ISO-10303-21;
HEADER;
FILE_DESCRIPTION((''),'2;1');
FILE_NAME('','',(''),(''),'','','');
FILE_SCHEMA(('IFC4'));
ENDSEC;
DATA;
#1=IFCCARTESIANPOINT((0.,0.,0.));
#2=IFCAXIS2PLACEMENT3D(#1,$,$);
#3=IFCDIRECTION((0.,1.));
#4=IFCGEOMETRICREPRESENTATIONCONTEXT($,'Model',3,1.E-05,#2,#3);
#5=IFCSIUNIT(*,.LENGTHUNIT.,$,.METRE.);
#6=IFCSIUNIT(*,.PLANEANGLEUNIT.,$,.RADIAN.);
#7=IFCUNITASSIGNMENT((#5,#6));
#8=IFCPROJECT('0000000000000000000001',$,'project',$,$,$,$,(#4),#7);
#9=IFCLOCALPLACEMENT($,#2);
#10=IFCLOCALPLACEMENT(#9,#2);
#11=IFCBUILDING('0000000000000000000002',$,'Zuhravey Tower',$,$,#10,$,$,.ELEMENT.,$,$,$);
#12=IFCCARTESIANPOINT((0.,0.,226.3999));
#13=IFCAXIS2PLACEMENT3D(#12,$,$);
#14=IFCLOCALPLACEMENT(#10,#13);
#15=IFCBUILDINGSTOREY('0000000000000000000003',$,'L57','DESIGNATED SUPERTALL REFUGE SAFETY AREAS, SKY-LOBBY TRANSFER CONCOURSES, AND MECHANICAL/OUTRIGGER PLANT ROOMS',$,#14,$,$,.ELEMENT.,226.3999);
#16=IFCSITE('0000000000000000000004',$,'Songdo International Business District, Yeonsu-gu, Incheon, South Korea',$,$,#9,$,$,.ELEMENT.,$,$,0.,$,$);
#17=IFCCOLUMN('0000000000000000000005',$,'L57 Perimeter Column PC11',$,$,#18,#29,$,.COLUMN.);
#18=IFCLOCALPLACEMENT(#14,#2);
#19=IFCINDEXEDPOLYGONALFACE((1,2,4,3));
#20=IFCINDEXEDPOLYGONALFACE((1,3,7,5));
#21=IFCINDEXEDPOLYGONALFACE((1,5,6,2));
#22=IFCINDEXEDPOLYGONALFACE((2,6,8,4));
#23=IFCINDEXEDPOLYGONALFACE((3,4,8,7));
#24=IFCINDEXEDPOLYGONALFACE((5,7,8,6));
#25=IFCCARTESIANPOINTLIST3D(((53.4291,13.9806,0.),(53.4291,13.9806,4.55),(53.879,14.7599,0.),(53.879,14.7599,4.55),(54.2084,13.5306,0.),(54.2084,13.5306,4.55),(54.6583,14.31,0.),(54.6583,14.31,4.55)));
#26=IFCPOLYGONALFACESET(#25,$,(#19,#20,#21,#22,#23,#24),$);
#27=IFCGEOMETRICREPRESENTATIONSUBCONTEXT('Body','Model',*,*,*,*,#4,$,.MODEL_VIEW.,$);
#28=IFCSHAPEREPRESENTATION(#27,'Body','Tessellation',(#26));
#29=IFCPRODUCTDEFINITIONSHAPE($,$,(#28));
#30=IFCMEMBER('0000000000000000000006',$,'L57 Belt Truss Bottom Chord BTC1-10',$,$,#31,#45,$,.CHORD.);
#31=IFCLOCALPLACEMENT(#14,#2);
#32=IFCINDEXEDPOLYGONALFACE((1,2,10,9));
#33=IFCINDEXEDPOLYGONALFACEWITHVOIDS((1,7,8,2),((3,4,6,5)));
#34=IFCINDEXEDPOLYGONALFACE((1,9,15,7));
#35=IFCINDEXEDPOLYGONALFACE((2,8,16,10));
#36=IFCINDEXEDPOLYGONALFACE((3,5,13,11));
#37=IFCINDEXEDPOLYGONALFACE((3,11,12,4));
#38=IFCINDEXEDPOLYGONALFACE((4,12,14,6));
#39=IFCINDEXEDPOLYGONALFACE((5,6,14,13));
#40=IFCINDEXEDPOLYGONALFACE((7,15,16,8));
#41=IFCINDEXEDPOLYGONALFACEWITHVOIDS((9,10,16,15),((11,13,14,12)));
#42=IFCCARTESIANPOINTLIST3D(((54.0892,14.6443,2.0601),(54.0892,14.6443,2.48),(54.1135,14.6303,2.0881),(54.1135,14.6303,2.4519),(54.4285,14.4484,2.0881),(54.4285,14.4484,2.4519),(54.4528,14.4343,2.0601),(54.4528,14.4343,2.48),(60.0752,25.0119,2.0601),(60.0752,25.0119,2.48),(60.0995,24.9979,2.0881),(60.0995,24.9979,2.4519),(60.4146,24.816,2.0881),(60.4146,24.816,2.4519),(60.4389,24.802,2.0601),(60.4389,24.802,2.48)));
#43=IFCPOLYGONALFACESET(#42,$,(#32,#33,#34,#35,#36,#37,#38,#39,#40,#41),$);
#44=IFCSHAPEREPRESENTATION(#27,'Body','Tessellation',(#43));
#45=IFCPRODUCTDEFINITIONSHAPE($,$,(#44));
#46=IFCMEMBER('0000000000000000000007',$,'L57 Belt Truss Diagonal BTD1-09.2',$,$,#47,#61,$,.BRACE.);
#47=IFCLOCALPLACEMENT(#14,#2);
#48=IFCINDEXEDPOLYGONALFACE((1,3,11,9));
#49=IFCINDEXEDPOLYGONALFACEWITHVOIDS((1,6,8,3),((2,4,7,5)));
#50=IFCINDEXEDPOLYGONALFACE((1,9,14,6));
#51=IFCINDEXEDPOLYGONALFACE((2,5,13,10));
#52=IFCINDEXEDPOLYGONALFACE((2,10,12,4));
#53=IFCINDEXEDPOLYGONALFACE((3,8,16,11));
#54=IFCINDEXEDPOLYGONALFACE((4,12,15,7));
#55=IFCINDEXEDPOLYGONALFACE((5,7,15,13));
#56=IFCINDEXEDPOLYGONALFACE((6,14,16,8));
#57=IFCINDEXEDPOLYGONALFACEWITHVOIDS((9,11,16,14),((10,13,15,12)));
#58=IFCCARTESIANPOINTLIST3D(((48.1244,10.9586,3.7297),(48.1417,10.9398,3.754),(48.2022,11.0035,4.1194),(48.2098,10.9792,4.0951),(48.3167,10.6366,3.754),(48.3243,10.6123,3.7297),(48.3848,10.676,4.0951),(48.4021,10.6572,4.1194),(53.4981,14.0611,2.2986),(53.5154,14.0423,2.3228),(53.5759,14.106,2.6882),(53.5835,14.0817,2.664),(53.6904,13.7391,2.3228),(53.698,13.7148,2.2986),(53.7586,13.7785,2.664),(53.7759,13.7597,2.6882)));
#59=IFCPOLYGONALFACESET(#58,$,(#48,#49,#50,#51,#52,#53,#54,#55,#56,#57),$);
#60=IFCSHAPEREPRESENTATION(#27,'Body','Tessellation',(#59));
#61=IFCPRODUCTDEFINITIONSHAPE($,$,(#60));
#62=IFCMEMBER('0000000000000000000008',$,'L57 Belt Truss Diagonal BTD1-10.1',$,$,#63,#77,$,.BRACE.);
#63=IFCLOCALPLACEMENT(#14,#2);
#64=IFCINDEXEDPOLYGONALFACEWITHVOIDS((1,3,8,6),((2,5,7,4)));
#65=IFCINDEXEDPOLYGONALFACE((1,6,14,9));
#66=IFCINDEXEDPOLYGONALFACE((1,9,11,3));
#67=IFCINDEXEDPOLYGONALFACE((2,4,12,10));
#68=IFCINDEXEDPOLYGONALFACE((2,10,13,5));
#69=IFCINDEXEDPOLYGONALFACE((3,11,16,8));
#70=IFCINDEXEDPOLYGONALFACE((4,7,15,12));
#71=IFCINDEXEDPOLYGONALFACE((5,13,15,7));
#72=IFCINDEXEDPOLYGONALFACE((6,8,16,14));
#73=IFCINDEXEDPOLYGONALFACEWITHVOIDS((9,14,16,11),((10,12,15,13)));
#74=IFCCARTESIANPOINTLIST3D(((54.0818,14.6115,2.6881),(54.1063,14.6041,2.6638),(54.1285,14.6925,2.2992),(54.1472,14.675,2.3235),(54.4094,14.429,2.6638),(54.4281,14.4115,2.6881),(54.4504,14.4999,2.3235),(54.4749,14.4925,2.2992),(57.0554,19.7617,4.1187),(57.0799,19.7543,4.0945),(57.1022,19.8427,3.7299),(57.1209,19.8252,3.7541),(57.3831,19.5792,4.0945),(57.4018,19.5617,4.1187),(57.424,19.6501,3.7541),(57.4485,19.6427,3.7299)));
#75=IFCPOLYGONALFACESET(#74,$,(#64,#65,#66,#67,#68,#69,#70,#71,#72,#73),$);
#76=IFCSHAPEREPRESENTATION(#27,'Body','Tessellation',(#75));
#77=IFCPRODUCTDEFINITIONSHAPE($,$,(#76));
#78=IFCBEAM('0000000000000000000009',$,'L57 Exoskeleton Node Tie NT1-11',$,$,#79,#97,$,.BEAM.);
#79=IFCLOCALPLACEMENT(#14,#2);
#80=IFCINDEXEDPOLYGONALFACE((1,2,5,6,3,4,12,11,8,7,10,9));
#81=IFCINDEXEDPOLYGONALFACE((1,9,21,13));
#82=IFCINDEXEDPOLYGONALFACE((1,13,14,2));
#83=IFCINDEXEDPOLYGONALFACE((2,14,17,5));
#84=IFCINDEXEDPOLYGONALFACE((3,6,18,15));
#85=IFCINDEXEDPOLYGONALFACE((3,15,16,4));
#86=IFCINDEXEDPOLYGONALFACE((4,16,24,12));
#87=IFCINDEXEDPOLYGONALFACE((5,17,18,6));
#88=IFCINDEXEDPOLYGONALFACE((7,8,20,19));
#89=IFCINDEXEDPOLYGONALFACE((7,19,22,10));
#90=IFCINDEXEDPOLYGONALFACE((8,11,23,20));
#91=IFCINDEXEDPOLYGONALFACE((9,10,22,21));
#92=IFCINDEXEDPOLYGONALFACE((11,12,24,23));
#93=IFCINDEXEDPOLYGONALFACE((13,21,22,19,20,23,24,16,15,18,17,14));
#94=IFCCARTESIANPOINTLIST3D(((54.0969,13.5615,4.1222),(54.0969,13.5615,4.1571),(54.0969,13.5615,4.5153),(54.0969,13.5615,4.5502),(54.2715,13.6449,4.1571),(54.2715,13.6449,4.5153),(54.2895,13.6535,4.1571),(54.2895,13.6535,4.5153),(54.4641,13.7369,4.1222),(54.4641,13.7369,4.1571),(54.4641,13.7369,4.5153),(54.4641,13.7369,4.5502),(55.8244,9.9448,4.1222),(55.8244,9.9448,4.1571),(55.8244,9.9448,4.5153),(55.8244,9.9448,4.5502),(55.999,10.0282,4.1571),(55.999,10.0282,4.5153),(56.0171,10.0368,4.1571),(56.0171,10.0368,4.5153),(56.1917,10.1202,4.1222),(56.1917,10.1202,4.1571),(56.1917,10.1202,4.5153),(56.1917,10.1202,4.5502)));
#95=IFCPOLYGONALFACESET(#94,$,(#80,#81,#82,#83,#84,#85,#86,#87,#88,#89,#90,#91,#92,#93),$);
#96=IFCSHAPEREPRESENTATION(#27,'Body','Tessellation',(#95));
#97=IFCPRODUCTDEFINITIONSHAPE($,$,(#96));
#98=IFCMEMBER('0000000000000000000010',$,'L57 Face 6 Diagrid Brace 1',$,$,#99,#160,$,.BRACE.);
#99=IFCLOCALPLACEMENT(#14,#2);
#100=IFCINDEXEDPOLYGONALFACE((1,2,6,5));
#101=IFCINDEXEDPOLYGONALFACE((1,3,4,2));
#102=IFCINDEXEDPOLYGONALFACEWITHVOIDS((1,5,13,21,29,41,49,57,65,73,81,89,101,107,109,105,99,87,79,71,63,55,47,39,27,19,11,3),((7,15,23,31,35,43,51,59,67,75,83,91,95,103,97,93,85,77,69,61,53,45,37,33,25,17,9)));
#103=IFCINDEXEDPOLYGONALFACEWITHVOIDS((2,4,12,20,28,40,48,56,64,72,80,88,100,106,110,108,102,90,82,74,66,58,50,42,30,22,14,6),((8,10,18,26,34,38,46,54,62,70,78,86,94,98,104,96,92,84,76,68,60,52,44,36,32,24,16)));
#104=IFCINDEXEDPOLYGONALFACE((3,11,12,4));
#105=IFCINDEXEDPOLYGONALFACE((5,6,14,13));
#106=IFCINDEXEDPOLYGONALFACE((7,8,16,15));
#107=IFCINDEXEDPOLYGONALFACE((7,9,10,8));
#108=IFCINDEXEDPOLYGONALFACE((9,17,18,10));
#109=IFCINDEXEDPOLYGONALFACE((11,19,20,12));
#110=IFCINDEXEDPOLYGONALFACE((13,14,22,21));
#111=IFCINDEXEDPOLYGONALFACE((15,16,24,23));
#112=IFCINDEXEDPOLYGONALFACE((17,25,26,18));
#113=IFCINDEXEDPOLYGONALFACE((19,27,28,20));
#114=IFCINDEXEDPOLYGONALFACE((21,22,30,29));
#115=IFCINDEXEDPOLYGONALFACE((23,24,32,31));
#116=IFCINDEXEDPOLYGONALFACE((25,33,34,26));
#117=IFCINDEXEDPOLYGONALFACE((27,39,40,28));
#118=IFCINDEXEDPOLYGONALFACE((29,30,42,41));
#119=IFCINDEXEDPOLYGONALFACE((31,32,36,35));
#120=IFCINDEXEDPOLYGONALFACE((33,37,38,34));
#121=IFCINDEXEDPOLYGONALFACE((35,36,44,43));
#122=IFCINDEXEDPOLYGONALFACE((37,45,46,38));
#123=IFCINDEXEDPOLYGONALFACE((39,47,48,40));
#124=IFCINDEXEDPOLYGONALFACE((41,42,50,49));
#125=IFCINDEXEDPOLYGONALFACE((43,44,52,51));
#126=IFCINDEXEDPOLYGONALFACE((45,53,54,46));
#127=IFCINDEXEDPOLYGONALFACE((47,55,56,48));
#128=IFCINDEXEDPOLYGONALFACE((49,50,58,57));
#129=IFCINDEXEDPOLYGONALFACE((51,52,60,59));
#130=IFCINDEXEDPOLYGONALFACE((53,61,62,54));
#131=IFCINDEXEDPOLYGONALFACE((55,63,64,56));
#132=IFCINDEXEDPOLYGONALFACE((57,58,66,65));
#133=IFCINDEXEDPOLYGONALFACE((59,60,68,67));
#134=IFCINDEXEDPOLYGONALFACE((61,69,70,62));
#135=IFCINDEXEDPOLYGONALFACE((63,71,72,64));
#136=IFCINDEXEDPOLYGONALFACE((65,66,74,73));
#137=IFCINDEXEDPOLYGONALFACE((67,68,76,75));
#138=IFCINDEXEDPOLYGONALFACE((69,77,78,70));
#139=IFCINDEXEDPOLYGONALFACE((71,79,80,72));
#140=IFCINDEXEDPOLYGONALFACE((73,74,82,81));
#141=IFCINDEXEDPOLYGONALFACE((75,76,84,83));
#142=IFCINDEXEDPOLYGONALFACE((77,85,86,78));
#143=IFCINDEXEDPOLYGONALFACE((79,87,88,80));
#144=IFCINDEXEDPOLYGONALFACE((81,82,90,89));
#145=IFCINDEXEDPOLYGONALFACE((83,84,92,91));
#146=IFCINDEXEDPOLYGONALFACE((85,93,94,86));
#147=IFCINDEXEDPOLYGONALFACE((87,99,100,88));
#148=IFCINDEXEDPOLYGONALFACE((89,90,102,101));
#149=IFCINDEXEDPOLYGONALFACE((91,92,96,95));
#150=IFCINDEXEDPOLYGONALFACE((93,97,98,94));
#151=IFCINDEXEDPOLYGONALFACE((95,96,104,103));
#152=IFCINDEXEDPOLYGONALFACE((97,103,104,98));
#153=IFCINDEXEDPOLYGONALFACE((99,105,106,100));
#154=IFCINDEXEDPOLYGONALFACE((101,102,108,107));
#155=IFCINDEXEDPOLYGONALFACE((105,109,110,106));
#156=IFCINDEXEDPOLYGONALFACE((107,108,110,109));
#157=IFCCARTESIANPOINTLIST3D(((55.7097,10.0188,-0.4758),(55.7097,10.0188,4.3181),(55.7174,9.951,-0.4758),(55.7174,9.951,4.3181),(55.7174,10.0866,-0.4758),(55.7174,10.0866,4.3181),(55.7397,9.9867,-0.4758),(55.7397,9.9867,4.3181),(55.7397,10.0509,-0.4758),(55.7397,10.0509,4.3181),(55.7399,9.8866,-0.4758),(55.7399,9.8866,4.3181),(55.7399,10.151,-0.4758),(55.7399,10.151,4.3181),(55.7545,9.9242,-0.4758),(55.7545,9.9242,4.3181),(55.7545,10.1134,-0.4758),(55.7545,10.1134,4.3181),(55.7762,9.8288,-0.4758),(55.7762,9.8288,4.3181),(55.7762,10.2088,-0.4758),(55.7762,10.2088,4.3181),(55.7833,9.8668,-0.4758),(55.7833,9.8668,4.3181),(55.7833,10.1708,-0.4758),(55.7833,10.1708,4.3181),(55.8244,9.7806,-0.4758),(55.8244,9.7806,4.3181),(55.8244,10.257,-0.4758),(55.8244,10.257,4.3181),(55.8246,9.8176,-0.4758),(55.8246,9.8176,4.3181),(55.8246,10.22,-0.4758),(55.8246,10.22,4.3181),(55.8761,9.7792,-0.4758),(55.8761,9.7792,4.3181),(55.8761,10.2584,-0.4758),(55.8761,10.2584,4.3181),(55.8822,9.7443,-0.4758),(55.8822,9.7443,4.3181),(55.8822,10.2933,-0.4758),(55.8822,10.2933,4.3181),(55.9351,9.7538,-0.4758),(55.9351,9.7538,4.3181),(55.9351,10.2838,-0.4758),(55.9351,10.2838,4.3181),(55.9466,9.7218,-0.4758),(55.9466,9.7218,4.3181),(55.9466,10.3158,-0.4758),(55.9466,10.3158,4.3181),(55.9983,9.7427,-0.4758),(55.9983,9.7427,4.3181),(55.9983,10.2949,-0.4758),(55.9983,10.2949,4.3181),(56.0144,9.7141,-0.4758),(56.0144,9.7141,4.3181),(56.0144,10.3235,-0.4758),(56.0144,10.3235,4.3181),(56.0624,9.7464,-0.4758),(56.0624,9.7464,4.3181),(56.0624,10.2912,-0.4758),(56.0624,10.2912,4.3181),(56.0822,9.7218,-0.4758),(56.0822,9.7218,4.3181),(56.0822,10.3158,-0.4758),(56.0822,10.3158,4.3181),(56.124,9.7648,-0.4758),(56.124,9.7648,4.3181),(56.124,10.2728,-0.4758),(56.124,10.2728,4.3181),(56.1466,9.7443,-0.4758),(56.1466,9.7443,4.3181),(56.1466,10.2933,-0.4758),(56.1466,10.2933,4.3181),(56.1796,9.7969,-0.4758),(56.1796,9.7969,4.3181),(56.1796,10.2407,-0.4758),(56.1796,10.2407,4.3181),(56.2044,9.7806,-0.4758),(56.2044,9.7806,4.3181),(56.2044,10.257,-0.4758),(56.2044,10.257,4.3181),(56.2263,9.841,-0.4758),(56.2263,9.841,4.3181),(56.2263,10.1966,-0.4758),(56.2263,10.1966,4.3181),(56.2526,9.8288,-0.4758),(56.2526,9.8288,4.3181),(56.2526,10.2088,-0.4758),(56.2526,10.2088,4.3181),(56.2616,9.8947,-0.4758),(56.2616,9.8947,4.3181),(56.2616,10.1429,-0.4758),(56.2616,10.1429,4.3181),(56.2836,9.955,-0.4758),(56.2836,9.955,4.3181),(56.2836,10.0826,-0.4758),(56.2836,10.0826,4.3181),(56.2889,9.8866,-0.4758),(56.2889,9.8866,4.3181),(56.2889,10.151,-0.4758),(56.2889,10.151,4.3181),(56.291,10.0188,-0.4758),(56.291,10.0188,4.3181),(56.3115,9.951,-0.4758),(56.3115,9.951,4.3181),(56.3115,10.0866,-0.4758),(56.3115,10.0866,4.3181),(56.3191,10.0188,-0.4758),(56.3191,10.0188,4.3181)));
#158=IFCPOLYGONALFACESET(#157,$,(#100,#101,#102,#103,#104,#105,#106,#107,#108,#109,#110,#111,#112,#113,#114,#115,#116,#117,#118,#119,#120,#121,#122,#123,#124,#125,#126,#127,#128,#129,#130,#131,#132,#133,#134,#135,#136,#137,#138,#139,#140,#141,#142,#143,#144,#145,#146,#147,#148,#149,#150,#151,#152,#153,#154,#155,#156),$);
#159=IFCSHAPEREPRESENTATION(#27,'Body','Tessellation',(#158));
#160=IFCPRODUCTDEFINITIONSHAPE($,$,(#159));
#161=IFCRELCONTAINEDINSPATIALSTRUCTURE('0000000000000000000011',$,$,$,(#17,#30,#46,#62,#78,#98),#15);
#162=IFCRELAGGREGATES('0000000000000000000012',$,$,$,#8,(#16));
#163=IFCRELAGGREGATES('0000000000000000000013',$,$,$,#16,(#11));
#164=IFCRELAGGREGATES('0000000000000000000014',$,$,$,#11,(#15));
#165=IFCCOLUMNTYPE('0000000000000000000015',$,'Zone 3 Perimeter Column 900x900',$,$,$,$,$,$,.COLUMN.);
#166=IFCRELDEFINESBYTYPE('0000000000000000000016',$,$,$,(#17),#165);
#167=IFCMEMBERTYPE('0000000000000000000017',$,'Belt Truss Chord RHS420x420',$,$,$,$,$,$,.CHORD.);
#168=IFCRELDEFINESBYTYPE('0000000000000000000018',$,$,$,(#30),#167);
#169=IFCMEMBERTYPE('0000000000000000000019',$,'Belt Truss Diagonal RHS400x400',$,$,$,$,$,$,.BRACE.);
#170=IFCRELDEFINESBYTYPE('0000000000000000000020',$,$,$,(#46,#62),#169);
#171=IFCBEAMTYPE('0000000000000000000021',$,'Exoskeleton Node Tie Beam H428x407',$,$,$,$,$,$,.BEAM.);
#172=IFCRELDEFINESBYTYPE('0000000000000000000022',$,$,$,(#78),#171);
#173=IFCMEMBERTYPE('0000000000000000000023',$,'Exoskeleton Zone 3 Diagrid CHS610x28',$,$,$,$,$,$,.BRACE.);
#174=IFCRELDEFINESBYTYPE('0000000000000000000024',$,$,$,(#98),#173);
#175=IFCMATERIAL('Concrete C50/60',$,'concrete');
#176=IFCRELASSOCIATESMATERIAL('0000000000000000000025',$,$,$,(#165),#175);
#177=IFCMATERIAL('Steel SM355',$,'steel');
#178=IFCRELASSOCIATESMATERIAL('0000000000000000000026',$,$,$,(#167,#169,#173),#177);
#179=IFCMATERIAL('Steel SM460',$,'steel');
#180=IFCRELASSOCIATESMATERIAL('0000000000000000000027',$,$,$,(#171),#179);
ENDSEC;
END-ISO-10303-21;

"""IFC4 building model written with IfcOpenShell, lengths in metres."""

from ifc_helpers import new_model, si_unit, direction, frame, origin, origin_2d, place, context, subcontext, project, spatial, rectangle, hollow_rectangle, hollow_circle, i_section, extrude, material, material_profile, profile_set, type_object, element, save


model = new_model("IFC4")

# Units and contexts
model_context = context("Model", 3, precision=1e-05, world=origin(), true_north=direction((0.0, 1.0)))
body_context = subcontext(model_context, "Body", "Model", "MODEL_VIEW")
ifc_project = project(units=[si_unit("LENGTHUNIT", "METRE"), si_unit("PLANEANGLEUNIT", "RADIAN")], contexts=[model_context])

# Site, building, storey
site_placement = place(None, origin())
site = spatial("IfcSite", under=ifc_project, at=site_placement, Name="Songdo International Business District, Yeonsu-gu, Incheon, South Korea", CompositionType="ELEMENT", RefElevation=0.0)
building_placement = place(site_placement, origin())
building = spatial("IfcBuilding", under=site, at=building_placement, Name="Zuhravey Tower", CompositionType="ELEMENT")
storey_placement = place(building_placement, frame((0.0, 0.0, 226.3999)))
storey = spatial("IfcBuildingStorey", under=building, at=storey_placement, Name="L57", Description="DESIGNATED SUPERTALL REFUGE SAFETY AREAS, SKY-LOBBY TRANSFER CONCOURSES, AND MECHANICAL/OUTRIGGER PLANT ROOMS", CompositionType="ELEMENT", Elevation=226.3999)

# Column
ifc_material_1 = material(Name="Concrete C50/60", Category="concrete")
ifc_material_profile_1 = material_profile(ifc_material_1, rectangle(XDim=0.8999, YDim=0.8999, at=origin_2d()), Name="RC-900x900")
ifc_profile_set_1 = profile_set([ifc_material_profile_1], Name="Concrete C50/60")
column_type = type_object("IfcColumnType", Name="Zone 3 Perimeter Column 900x900", PredefinedType="COLUMN", material=ifc_profile_set_1)
column_placement = place(storey_placement, frame((54.0437, 14.1453, 0.0), z_axis=(0.0, 0.0, 1.0), x_axis=(0.5, 0.866025, 0.0)))
element("IfcColumn", 1, at=column_placement, inside=storey, type_object=column_type, Name="L57 Perimeter Column PC11", PredefinedType="COLUMN", context=body_context, shape_type="SweptSolid", body=[
    extrude(rectangle(XDim=0.8999, YDim=0.8999, at=origin_2d()), origin(), (0.0, 0.0, 1.0), 4.55),
])

# Members
ifc_material_2 = material(Name="Steel SM355", Category="steel")
ifc_material_profile_2 = material_profile(ifc_material_2, hollow_rectangle(XDim=0.4199, YDim=0.4199, WallThickness=0.0281, at=origin_2d()), Name="RHS-420x420x28")
ifc_profile_set_2 = profile_set([ifc_material_profile_2], Name="Steel SM355")
member_type_1 = type_object("IfcMemberType", Name="Belt Truss Chord RHS420x420", PredefinedType="CHORD", material=ifc_profile_set_2)
member_1_placement = place(storey_placement, frame((54.271, 14.5393, 2.27), z_axis=(0.500019, 0.866014, 0.0), x_axis=(-0.866014, 0.500019, 0.0)))
element("IfcMember", 2, at=member_1_placement, inside=storey, type_object=member_type_1, Name="L57 Belt Truss Bottom Chord BTC1-10", PredefinedType="CHORD", context=body_context, shape_type="SweptSolid", body=[
    extrude(hollow_rectangle(XDim=0.4199, YDim=0.4199, WallThickness=0.0281, at=origin_2d()), origin(), (0.0, 0.0, 1.0), 11.9717),
])
ifc_material_profile_3 = material_profile(ifc_material_2, hollow_rectangle(XDim=0.3999, YDim=0.3999, WallThickness=0.0249, at=origin_2d()), Name="RHS-400x400x25")
ifc_profile_set_3 = profile_set([ifc_material_profile_3], Name="Steel SM355")
member_type_2 = type_object("IfcMemberType", Name="Belt Truss Diagonal RHS400x400", PredefinedType="BRACE", material=ifc_profile_set_3)
member_2_placement = place(storey_placement, frame((53.637, 13.9104, 2.4934), z_axis=(-0.843872, -0.487208, 0.224741), x_axis=(0.499998, -0.866026, 0.0)))
element("IfcMember", 3, at=member_2_placement, inside=storey, type_object=member_type_2, Name="L57 Belt Truss Diagonal BTD1-09.2", PredefinedType="BRACE", context=body_context, shape_type="SweptSolid", body=[
    extrude(hollow_rectangle(XDim=0.3999, YDim=0.3999, WallThickness=0.0249, at=origin_2d()), origin(), (0.0, 0.0, 1.0), 6.3679),
])
member_3_placement = place(storey_placement, frame((54.2783, 14.552, 2.4937), z_axis=(0.486155, 0.841989, 0.233897), x_axis=(-0.866011, 0.500025, 0.0)))
element("IfcMember", 4, at=member_3_placement, inside=storey, type_object=member_type_2, Name="L57 Belt Truss Diagonal BTD1-10.1", PredefinedType="BRACE", context=body_context, shape_type="SweptSolid", body=[
    extrude(hollow_rectangle(XDim=0.3999, YDim=0.3999, WallThickness=0.0249, at=origin_2d()), origin(), (0.0, 0.0, 1.0), 6.1167),
])

# Beam
ifc_material_3 = material(Name="Steel SM460", Category="steel")
ifc_material_profile_4 = material_profile(ifc_material_3, i_section(OverallWidth=0.407, OverallDepth=0.428, WebThickness=0.02, FlangeThickness=0.0349, at=origin_2d()), Name="H-428x407x20x35")
ifc_profile_set_4 = profile_set([ifc_material_profile_4], Name="Steel SM460")
beam_type_1 = type_object("IfcBeamType", Name="Exoskeleton Node Tie Beam H428x407", PredefinedType="BEAM", material=ifc_profile_set_4)
beam_1_placement = place(storey_placement, frame((54.2805, 13.6492, 4.3362), z_axis=(0.431011, -0.902346, 0.0), x_axis=(0.902346, 0.431011, 0.0)))
element("IfcBeam", 5, at=beam_1_placement, inside=storey, type_object=beam_type_1, Name="L57 Exoskeleton Node Tie NT1-11", PredefinedType="BEAM", context=body_context, shape_type="SweptSolid", body=[
    extrude(i_section(OverallWidth=0.407, OverallDepth=0.428, WebThickness=0.02, FlangeThickness=0.0349, at=origin_2d()), origin(), (0.0, 0.0, 1.0), 4.0081),
])

# Member
ifc_material_profile_5 = material_profile(ifc_material_2, hollow_circle(Radius=0.3047, WallThickness=0.0281, at=origin_2d()), Name="CHS-609.6x28")
ifc_profile_set_5 = profile_set([ifc_material_profile_5], Name="Steel SM355")
member_type_3 = type_object("IfcMemberType", Name="Exoskeleton Zone 3 Diagrid CHS610x28", PredefinedType="BRACE", material=ifc_profile_set_5)
member_4_placement = place(storey_placement, frame((56.0144, 10.0188, -0.4758), z_axis=(0.0, 0.0, 1.0), x_axis=(1.0, 0.0, 0.0)))
element("IfcMember", 6, at=member_4_placement, inside=storey, type_object=member_type_3, Name="L57 Face 6 Diagrid Brace 1", PredefinedType="BRACE", context=body_context, shape_type="SweptSolid", body=[
    extrude(hollow_circle(Radius=0.3047, WallThickness=0.0281, at=origin_2d()), origin(), (0.0, 0.0, 1.0), 4.7939),
])

save(model, "model.ifc")
